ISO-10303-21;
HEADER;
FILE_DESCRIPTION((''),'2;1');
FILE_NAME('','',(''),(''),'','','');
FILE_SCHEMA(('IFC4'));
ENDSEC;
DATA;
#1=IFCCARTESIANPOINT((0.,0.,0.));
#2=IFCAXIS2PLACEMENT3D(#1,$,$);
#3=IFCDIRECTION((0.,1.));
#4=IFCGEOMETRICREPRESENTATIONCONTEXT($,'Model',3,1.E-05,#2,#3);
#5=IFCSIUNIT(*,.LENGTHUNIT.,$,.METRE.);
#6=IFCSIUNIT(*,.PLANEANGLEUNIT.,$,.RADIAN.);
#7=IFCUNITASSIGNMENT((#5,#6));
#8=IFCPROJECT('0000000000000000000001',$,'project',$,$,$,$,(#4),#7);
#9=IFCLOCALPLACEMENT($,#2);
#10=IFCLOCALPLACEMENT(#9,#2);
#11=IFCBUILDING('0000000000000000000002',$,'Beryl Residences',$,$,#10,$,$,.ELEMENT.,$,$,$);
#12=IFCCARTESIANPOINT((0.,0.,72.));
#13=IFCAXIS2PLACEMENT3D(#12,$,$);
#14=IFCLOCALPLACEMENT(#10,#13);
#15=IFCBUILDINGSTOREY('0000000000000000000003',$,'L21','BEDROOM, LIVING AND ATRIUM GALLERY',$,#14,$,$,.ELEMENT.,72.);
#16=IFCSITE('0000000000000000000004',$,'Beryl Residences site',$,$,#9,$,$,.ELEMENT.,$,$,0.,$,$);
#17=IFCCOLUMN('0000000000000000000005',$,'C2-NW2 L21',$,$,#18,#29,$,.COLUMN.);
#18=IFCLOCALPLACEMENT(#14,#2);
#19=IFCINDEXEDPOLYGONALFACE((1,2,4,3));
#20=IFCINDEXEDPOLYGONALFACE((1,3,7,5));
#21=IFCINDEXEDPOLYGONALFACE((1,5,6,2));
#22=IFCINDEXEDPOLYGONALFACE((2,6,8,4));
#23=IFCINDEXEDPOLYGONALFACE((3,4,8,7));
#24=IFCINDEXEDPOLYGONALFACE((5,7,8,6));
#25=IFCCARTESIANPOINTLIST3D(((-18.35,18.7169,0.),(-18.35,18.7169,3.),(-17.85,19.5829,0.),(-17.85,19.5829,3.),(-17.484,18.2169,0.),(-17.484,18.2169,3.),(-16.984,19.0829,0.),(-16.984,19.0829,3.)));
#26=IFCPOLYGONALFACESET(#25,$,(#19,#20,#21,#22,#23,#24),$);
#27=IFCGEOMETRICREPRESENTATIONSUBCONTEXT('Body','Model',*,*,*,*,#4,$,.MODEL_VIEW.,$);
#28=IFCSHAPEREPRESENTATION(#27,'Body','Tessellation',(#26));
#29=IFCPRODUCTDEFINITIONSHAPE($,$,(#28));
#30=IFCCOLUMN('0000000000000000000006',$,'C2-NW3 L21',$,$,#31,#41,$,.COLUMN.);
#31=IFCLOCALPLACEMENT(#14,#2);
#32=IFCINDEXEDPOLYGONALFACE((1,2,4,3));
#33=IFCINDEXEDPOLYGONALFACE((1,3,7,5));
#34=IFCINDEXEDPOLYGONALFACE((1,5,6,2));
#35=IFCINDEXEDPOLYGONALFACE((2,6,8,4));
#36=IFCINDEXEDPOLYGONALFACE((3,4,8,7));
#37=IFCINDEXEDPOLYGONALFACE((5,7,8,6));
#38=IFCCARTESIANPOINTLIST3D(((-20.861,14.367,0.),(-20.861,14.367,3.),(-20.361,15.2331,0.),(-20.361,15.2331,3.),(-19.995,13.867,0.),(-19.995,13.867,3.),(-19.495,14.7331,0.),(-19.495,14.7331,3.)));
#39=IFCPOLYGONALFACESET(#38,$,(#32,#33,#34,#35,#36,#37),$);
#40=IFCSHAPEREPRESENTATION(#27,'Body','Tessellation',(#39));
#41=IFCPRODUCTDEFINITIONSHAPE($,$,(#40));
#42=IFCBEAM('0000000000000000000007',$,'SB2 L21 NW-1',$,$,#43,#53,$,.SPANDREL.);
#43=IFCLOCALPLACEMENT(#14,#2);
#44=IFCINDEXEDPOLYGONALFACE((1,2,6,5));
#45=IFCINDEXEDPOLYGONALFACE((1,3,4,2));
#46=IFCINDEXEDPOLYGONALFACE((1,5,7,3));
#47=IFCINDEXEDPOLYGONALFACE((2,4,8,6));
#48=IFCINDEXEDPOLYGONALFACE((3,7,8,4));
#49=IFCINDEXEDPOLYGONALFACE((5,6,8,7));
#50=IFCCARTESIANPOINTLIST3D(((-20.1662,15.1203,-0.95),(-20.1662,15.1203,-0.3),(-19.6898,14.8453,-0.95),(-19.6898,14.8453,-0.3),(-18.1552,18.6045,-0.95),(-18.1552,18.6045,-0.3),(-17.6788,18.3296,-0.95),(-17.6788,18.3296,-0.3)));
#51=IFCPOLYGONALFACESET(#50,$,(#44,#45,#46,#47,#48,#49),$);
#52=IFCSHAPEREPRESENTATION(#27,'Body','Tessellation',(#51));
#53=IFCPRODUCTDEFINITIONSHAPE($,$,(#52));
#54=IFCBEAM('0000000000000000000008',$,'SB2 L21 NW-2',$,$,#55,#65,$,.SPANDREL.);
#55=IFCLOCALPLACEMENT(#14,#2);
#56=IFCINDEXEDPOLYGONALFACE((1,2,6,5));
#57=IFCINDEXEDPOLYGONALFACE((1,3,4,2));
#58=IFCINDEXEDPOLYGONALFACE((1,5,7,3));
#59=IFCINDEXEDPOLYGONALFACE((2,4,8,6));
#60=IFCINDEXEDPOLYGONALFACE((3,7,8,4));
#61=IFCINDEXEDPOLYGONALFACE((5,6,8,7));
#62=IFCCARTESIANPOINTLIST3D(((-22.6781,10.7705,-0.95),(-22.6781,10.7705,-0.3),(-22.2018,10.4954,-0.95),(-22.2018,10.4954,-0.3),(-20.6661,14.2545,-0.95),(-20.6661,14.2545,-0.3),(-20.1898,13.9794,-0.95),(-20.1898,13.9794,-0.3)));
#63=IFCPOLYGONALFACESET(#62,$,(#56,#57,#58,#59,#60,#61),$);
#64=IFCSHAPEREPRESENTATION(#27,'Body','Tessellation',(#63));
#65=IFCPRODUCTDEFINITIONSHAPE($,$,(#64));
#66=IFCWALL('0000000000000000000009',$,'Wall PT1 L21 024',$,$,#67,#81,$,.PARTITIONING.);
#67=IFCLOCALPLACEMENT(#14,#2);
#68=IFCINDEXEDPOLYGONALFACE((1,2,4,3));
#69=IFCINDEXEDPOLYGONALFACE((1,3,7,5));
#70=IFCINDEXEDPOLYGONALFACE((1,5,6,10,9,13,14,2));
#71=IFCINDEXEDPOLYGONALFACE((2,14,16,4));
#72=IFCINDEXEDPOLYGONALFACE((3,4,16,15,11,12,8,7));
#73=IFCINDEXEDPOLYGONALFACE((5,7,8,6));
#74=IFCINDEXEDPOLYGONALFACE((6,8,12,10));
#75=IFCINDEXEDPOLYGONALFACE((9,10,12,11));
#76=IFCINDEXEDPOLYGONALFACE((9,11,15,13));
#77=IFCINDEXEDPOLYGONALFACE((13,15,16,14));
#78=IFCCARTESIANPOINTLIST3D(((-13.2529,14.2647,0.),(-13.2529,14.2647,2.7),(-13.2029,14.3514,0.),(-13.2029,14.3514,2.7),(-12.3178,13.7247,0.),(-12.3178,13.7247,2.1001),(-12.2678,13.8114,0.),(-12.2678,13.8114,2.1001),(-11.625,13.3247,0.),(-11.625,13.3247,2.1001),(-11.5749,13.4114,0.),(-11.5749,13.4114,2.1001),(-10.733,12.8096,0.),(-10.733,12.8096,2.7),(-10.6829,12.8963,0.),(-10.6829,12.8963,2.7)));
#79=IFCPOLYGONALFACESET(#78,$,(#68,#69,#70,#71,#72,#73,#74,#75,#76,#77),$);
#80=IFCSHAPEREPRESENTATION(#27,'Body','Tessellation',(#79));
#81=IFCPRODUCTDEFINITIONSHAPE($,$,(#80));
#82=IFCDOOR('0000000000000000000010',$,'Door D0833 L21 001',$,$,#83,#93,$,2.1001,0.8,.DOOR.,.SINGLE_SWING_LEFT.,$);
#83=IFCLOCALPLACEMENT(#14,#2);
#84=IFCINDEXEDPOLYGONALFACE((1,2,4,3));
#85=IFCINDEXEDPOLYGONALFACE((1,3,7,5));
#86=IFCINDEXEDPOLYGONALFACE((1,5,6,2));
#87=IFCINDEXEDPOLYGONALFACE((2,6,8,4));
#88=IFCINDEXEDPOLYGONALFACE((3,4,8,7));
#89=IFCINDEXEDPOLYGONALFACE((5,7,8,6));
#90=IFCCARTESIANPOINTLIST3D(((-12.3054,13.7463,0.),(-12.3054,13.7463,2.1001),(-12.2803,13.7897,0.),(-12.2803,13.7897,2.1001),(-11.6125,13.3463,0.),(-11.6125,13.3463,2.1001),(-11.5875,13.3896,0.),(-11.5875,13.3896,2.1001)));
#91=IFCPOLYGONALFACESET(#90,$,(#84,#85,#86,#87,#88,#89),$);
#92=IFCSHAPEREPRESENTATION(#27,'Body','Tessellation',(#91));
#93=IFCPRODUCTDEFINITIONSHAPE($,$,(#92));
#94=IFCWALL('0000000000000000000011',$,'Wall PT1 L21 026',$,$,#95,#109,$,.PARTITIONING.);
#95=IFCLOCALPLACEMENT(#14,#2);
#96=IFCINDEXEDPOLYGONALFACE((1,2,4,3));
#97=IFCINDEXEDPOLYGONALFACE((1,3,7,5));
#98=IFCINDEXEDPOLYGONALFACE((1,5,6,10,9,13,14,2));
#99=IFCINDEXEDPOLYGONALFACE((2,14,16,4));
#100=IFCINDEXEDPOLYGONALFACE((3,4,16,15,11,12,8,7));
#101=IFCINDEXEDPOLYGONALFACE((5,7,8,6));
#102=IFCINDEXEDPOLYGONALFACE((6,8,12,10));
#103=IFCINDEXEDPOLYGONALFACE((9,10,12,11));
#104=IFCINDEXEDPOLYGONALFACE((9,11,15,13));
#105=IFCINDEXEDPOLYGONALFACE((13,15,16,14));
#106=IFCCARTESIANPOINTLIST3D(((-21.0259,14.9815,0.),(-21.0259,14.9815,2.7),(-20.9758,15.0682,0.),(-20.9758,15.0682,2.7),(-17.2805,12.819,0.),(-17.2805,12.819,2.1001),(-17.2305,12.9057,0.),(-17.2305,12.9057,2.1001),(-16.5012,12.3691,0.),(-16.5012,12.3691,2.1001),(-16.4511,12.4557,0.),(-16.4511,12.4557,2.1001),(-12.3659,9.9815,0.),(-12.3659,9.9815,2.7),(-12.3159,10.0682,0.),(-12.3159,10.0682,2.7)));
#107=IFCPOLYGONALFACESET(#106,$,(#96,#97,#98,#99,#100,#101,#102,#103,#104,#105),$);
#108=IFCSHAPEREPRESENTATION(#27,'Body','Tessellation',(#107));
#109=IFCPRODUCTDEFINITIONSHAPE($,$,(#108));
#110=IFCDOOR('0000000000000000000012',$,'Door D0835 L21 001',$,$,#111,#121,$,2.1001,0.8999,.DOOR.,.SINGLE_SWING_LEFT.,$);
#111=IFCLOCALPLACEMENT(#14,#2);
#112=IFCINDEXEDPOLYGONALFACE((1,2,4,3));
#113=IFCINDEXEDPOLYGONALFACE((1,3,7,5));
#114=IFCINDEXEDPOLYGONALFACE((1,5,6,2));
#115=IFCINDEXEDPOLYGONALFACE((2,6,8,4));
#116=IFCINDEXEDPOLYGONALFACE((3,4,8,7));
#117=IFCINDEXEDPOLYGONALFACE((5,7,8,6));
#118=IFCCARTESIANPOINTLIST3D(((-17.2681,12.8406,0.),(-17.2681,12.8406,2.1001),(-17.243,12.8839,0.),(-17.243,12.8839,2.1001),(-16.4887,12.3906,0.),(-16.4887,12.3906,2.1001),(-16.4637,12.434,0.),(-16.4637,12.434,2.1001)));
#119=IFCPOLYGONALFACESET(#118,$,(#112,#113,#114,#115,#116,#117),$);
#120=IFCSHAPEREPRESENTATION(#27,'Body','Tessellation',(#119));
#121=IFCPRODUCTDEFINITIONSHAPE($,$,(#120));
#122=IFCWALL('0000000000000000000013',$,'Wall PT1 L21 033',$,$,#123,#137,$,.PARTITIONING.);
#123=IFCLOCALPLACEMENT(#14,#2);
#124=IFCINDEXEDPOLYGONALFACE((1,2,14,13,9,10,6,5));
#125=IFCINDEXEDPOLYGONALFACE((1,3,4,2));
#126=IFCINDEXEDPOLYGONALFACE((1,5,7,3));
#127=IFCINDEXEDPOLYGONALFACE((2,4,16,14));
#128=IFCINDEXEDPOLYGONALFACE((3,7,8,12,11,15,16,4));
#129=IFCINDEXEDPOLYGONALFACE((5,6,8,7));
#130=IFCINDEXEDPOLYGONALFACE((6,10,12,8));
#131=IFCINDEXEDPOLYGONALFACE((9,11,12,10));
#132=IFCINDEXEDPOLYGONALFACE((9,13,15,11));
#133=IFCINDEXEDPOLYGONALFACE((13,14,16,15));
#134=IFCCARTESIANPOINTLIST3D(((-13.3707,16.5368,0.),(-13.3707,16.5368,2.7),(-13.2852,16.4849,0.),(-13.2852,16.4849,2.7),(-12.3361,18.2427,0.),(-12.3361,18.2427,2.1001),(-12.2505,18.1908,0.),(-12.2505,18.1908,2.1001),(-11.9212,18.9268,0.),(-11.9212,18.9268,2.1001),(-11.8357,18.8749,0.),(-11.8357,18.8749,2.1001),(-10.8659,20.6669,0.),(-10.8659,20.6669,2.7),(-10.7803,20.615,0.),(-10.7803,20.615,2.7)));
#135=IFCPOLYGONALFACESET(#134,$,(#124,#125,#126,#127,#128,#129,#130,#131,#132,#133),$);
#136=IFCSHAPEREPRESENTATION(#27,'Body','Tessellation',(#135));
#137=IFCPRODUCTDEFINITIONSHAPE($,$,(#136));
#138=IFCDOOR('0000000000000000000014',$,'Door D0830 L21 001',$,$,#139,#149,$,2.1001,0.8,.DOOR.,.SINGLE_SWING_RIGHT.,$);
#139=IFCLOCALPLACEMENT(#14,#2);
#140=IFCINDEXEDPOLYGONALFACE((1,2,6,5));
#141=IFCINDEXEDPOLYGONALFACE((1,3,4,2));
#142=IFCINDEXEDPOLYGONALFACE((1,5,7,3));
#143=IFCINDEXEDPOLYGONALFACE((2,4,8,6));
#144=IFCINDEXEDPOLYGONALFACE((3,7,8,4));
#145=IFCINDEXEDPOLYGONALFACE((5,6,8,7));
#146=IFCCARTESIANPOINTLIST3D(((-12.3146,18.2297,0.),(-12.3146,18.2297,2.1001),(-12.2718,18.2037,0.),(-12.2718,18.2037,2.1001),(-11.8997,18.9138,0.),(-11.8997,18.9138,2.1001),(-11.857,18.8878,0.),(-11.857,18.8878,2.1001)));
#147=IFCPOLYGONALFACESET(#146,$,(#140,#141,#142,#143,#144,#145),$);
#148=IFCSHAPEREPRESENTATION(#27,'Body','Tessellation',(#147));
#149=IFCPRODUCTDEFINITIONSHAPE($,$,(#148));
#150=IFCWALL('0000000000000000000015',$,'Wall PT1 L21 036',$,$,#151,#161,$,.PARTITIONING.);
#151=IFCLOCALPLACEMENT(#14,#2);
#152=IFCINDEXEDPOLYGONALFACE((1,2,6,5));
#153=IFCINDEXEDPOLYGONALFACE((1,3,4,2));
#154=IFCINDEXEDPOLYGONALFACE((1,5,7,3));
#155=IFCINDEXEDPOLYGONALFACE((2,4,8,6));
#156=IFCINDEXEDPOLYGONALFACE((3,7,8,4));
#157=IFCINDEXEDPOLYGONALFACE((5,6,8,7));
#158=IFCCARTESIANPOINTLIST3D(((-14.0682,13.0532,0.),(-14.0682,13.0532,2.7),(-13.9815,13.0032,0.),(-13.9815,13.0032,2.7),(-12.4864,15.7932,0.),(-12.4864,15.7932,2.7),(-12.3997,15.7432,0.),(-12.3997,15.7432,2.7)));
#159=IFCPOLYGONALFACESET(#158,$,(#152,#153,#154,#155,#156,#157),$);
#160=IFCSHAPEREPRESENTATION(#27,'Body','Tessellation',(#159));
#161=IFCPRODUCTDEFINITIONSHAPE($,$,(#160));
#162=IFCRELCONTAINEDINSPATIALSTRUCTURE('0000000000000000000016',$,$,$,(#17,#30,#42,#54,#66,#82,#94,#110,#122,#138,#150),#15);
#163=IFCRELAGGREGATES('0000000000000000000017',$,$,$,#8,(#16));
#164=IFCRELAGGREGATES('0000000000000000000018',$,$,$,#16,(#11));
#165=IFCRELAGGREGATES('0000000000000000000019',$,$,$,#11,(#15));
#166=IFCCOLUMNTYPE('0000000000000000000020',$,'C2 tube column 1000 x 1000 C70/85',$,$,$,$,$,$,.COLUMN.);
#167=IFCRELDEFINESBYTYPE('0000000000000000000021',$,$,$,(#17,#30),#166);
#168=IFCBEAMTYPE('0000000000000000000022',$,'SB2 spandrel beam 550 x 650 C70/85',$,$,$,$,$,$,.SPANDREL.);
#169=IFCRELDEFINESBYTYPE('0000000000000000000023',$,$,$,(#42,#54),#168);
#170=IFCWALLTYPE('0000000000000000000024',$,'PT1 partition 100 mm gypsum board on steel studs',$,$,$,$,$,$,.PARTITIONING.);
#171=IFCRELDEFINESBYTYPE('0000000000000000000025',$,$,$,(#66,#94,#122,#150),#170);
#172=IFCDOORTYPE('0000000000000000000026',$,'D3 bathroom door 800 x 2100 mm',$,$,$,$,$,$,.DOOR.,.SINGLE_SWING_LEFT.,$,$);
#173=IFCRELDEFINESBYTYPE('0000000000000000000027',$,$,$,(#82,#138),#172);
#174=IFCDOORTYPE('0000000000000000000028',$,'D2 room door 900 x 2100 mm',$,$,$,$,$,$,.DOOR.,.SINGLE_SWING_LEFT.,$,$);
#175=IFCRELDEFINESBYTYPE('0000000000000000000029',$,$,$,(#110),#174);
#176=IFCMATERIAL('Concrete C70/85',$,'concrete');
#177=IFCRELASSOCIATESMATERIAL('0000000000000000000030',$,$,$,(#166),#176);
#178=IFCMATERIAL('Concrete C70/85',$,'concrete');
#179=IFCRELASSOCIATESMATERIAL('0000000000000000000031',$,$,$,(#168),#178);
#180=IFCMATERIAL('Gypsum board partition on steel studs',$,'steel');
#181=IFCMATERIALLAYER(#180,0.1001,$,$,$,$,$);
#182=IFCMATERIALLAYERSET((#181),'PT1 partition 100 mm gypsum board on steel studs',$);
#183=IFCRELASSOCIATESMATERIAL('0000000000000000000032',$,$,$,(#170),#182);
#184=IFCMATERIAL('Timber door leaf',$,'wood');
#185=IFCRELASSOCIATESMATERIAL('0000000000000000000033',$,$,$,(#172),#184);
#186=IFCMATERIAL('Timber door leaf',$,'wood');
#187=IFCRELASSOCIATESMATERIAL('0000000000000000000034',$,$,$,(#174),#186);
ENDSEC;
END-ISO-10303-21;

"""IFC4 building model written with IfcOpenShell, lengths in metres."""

from ifc_helpers import new_model, si_unit, direction, frame, frame_2d, origin, origin_2d, place, context, subcontext, project, spatial, rectangle, extrude, material, layer, layer_set, material_profile, profile_set, type_object, element, fill, save


model = new_model("IFC4")

# Units and contexts
model_context = context("Model", 3, precision=1e-05, world=origin(), true_north=direction((0.0, 1.0)))
body_context = subcontext(model_context, "Body", "Model", "MODEL_VIEW")
ifc_project = project(units=[si_unit("LENGTHUNIT", "METRE"), si_unit("PLANEANGLEUNIT", "RADIAN")], contexts=[model_context])

# Site, building, storey
site_placement = place(None, origin())
site = spatial("IfcSite", under=ifc_project, at=site_placement, Name="Beryl Residences site", CompositionType="ELEMENT", RefElevation=0.0)
building_placement = place(site_placement, origin())
building = spatial("IfcBuilding", under=site, at=building_placement, Name="Beryl Residences", CompositionType="ELEMENT")
storey_placement = place(building_placement, frame((0.0, 0.0, 72.0)))
storey = spatial("IfcBuildingStorey", under=building, at=storey_placement, Name="L21", Description="BEDROOM, LIVING AND ATRIUM GALLERY", CompositionType="ELEMENT", Elevation=72.0)

# Columns
ifc_material_1 = material(Name="Concrete C70/85", Category="concrete")
ifc_material_profile_1 = material_profile(ifc_material_1, rectangle(XDim=1.0, YDim=1.0, at=origin_2d()))
ifc_profile_set_1 = profile_set([ifc_material_profile_1], Name="Concrete C70/85")
column_type = type_object("IfcColumnType", Name="C2 tube column 1000 x 1000 C70/85", PredefinedType="COLUMN", material=ifc_profile_set_1)
for number, where, z_axis, x_axis, name in (
    (1, (-17.667, 18.8999, 0.0), (0.0, 0.0, 1.0), (-0.5, -0.866025, 0.0), "C2-NW2 L21"),
    (2, (-20.178, 14.55, 0.0), (0.0, 0.0, 1.0), (-0.5, -0.866025, 0.0), "C2-NW3 L21"),
):
    element("IfcColumn", number, at=place(storey_placement, frame(where, z_axis=z_axis, x_axis=x_axis)), inside=storey, type_object=column_type, Name=name, PredefinedType="COLUMN", context=body_context, shape_type="SweptSolid", body=[
        extrude(rectangle(XDim=1.0, YDim=1.0, at=origin_2d()), origin(), (0.0, 0.0, 1.0), 3.0),
    ])

# Beams
ifc_material_2 = material(Name="Concrete C70/85", Category="concrete")
ifc_material_profile_2 = material_profile(ifc_material_2, rectangle(XDim=0.55, YDim=0.6499, at=origin_2d()))
ifc_profile_set_2 = profile_set([ifc_material_profile_2], Name="Concrete C70/85")
beam_type = type_object("IfcBeamType", Name="SB2 spandrel beam 550 x 650 C70/85", PredefinedType="SPANDREL", material=ifc_profile_set_2)
beam_1_placement = place(storey_placement, frame((-17.917, 18.467, -0.625), z_axis=(-0.499892, -0.866088, 0.0), x_axis=(0.866088, -0.499892, 0.0)))
element("IfcBeam", 3, at=beam_1_placement, inside=storey, type_object=beam_type, Name="SB2 L21 NW-1", PredefinedType="SPANDREL", context=body_context, shape_type="SweptSolid", body=[
    extrude(rectangle(XDim=0.55, YDim=0.6499, at=origin_2d()), origin(), (0.0, 0.0, 1.0), 4.0229),
])
beam_2_placement = place(storey_placement, frame((-20.428, 14.1169, -0.625), z_axis=(-0.500101, -0.865967, 0.0), x_axis=(0.865967, -0.500101, 0.0)))
element("IfcBeam", 4, at=beam_2_placement, inside=storey, type_object=beam_type, Name="SB2 L21 NW-2", PredefinedType="SPANDREL", context=body_context, shape_type="SweptSolid", body=[
    extrude(rectangle(XDim=0.55, YDim=0.6499, at=origin_2d()), origin(), (0.0, 0.0, 1.0), 4.0232),
])

# Walls, openings, doors
ifc_material_3 = material(Name="Gypsum board partition on steel studs", Category="steel")
ifc_layer = layer(ifc_material_3, 0.1001)
ifc_layer_set = layer_set([ifc_layer], Name="PT1 partition 100 mm gypsum board on steel studs")
wall_type = type_object("IfcWallType", Name="PT1 partition 100 mm gypsum board on steel studs", PredefinedType="PARTITIONING", material=ifc_layer_set)
wall_1_placement = place(storey_placement, frame((-13.228, 14.3081, 0.0), z_axis=(0.0, 0.0, 1.0), x_axis=(0.866004, -0.500037, 0.0)))
wall_1 = element("IfcWall", 5, at=wall_1_placement, inside=storey, type_object=wall_type, Name="Wall PT1 L21 024", PredefinedType="PARTITIONING", context=body_context, shape_type="SweptSolid", body=[
    extrude(rectangle(XDim=2.9099, YDim=0.1001, at=frame_2d((1.4551, 0.0))), origin(), (0.0, 0.0, 1.0), 2.7),
])
opening_1_placement = place(wall_1_placement, frame((1.0801, 0.0, 0.0)))
opening_1 = element("IfcOpeningElement", 6, at=opening_1_placement, cuts=wall_1, PredefinedType="OPENING", context=body_context, shape_type="SweptSolid", body=[
    extrude(rectangle(XDim=0.8, YDim=2.1001, at=frame_2d((0.3999, 1.05))), frame((0.0, 0.0601, 0.0), z_axis=(0.0, -1.0, 0.0), x_axis=(1.0, 0.0, 0.0)), (0.0, 0.0, 1.0), 0.1201),
])
ifc_material_4 = material(Name="Timber door leaf", Category="wood")
door_type_1 = type_object("IfcDoorType", Name="D3 bathroom door 800 x 2100 mm", OperationType="SINGLE_SWING_LEFT", PredefinedType="DOOR", material=ifc_material_4)
door_1_placement = place(opening_1_placement, origin())
door_1 = element("IfcDoor", 7, at=door_1_placement, inside=storey, type_object=door_type_1, Name="Door D0833 L21 001", OperationType="SINGLE_SWING_LEFT", OverallHeight=2.1001, OverallWidth=0.8, PredefinedType="DOOR", context=body_context, shape_type="SweptSolid", body=[
    extrude(rectangle(XDim=0.8, YDim=2.1001, at=frame_2d((0.3999, 1.05))), frame((0.0, 0.0249, 0.0), z_axis=(0.0, -1.0, 0.0), x_axis=(1.0, 0.0, 0.0)), (0.0, 0.0, 1.0), 0.05),
])
fill(opening_1, door_1)
wall_2_placement = place(storey_placement, frame((-21.001, 15.0249, 0.0), z_axis=(0.0, 0.0, 1.0), x_axis=(0.866017, -0.500015, 0.0)))
wall_2 = element("IfcWall", 8, at=wall_2_placement, inside=storey, type_object=wall_type, Name="Wall PT1 L21 026", PredefinedType="PARTITIONING", context=body_context, shape_type="SweptSolid", body=[
    extrude(rectangle(XDim=9.9998, YDim=0.1001, at=frame_2d((5.0, 0.0))), origin(), (0.0, 0.0, 1.0), 2.7),
])
opening_2_placement = place(wall_2_placement, frame((4.325, 0.0, 0.0)))
opening_2 = element("IfcOpeningElement", 9, at=opening_2_placement, cuts=wall_2, PredefinedType="OPENING", context=body_context, shape_type="SweptSolid", body=[
    extrude(rectangle(XDim=0.8999, YDim=2.1001, at=frame_2d((0.45, 1.05))), frame((0.0, 0.0601, 0.0), z_axis=(0.0, -1.0, 0.0), x_axis=(1.0, 0.0, 0.0)), (0.0, 0.0, 1.0), 0.1201),
])
ifc_material_5 = material(Name="Timber door leaf", Category="wood")
door_type_2 = type_object("IfcDoorType", Name="D2 room door 900 x 2100 mm", OperationType="SINGLE_SWING_LEFT", PredefinedType="DOOR", material=ifc_material_5)
door_2_placement = place(opening_2_placement, origin())
door_2 = element("IfcDoor", 10, at=door_2_placement, inside=storey, type_object=door_type_2, Name="Door D0835 L21 001", OperationType="SINGLE_SWING_LEFT", OverallHeight=2.1001, OverallWidth=0.8999, PredefinedType="DOOR", context=body_context, shape_type="SweptSolid", body=[
    extrude(rectangle(XDim=0.8999, YDim=2.1001, at=frame_2d((0.45, 1.05))), frame((0.0, 0.0249, 0.0), z_axis=(0.0, -1.0, 0.0), x_axis=(1.0, 0.0, 0.0)), (0.0, 0.0, 1.0), 0.05),
])
fill(opening_2, door_2)
wall_3_placement = place(storey_placement, frame((-13.3279, 16.511, 0.0), z_axis=(0.0, 0.0, 1.0), x_axis=(0.518571, 0.855035, 0.0)))
wall_3 = element("IfcWall", 11, at=wall_3_placement, inside=storey, type_object=wall_type, Name="Wall PT1 L21 033", PredefinedType="PARTITIONING", context=body_context, shape_type="SweptSolid", body=[
    extrude(rectangle(XDim=4.8303, YDim=0.1001, at=frame_2d((2.415, 0.0))), origin(), (0.0, 0.0, 1.0), 2.7),
])
opening_3_placement = place(wall_3_placement, frame((1.9951, 0.0, 0.0)))
opening_3 = element("IfcOpeningElement", 12, at=opening_3_placement, cuts=wall_3, PredefinedType="OPENING", context=body_context, shape_type="SweptSolid", body=[
    extrude(rectangle(XDim=0.8, YDim=2.1001, at=frame_2d((0.3999, 1.05))), frame((0.0, 0.0601, 0.0), z_axis=(0.0, -1.0, 0.0), x_axis=(1.0, 0.0, 0.0)), (0.0, 0.0, 1.0), 0.1201),
])
door_3_placement = place(opening_3_placement, origin())
door_3 = element("IfcDoor", 13, at=door_3_placement, inside=storey, type_object=door_type_1, Name="Door D0830 L21 001", OperationType="SINGLE_SWING_RIGHT", OverallHeight=2.1001, OverallWidth=0.8, PredefinedType="DOOR", context=body_context, shape_type="SweptSolid", body=[
    extrude(rectangle(XDim=0.8, YDim=2.1001, at=frame_2d((0.3999, 1.05))), frame((0.0, 0.0249, 0.0), z_axis=(0.0, -1.0, 0.0), x_axis=(1.0, 0.0, 0.0)), (0.0, 0.0, 1.0), 0.05),
])
fill(opening_3, door_3)

# Wall
wall_4_placement = place(storey_placement, frame((-14.0249, 13.0281, 0.0), z_axis=(0.0, 0.0, 1.0), x_axis=(0.499965, 0.866046, 0.0)))
element("IfcWall", 14, at=wall_4_placement, inside=storey, type_object=wall_type, Name="Wall PT1 L21 036", PredefinedType="PARTITIONING", context=body_context, shape_type="SweptSolid", body=[
    extrude(rectangle(XDim=3.1638, YDim=0.1001, at=frame_2d((1.582, 0.0))), origin(), (0.0, 0.0, 1.0), 2.7),
])

save(model, "model.ifc")
